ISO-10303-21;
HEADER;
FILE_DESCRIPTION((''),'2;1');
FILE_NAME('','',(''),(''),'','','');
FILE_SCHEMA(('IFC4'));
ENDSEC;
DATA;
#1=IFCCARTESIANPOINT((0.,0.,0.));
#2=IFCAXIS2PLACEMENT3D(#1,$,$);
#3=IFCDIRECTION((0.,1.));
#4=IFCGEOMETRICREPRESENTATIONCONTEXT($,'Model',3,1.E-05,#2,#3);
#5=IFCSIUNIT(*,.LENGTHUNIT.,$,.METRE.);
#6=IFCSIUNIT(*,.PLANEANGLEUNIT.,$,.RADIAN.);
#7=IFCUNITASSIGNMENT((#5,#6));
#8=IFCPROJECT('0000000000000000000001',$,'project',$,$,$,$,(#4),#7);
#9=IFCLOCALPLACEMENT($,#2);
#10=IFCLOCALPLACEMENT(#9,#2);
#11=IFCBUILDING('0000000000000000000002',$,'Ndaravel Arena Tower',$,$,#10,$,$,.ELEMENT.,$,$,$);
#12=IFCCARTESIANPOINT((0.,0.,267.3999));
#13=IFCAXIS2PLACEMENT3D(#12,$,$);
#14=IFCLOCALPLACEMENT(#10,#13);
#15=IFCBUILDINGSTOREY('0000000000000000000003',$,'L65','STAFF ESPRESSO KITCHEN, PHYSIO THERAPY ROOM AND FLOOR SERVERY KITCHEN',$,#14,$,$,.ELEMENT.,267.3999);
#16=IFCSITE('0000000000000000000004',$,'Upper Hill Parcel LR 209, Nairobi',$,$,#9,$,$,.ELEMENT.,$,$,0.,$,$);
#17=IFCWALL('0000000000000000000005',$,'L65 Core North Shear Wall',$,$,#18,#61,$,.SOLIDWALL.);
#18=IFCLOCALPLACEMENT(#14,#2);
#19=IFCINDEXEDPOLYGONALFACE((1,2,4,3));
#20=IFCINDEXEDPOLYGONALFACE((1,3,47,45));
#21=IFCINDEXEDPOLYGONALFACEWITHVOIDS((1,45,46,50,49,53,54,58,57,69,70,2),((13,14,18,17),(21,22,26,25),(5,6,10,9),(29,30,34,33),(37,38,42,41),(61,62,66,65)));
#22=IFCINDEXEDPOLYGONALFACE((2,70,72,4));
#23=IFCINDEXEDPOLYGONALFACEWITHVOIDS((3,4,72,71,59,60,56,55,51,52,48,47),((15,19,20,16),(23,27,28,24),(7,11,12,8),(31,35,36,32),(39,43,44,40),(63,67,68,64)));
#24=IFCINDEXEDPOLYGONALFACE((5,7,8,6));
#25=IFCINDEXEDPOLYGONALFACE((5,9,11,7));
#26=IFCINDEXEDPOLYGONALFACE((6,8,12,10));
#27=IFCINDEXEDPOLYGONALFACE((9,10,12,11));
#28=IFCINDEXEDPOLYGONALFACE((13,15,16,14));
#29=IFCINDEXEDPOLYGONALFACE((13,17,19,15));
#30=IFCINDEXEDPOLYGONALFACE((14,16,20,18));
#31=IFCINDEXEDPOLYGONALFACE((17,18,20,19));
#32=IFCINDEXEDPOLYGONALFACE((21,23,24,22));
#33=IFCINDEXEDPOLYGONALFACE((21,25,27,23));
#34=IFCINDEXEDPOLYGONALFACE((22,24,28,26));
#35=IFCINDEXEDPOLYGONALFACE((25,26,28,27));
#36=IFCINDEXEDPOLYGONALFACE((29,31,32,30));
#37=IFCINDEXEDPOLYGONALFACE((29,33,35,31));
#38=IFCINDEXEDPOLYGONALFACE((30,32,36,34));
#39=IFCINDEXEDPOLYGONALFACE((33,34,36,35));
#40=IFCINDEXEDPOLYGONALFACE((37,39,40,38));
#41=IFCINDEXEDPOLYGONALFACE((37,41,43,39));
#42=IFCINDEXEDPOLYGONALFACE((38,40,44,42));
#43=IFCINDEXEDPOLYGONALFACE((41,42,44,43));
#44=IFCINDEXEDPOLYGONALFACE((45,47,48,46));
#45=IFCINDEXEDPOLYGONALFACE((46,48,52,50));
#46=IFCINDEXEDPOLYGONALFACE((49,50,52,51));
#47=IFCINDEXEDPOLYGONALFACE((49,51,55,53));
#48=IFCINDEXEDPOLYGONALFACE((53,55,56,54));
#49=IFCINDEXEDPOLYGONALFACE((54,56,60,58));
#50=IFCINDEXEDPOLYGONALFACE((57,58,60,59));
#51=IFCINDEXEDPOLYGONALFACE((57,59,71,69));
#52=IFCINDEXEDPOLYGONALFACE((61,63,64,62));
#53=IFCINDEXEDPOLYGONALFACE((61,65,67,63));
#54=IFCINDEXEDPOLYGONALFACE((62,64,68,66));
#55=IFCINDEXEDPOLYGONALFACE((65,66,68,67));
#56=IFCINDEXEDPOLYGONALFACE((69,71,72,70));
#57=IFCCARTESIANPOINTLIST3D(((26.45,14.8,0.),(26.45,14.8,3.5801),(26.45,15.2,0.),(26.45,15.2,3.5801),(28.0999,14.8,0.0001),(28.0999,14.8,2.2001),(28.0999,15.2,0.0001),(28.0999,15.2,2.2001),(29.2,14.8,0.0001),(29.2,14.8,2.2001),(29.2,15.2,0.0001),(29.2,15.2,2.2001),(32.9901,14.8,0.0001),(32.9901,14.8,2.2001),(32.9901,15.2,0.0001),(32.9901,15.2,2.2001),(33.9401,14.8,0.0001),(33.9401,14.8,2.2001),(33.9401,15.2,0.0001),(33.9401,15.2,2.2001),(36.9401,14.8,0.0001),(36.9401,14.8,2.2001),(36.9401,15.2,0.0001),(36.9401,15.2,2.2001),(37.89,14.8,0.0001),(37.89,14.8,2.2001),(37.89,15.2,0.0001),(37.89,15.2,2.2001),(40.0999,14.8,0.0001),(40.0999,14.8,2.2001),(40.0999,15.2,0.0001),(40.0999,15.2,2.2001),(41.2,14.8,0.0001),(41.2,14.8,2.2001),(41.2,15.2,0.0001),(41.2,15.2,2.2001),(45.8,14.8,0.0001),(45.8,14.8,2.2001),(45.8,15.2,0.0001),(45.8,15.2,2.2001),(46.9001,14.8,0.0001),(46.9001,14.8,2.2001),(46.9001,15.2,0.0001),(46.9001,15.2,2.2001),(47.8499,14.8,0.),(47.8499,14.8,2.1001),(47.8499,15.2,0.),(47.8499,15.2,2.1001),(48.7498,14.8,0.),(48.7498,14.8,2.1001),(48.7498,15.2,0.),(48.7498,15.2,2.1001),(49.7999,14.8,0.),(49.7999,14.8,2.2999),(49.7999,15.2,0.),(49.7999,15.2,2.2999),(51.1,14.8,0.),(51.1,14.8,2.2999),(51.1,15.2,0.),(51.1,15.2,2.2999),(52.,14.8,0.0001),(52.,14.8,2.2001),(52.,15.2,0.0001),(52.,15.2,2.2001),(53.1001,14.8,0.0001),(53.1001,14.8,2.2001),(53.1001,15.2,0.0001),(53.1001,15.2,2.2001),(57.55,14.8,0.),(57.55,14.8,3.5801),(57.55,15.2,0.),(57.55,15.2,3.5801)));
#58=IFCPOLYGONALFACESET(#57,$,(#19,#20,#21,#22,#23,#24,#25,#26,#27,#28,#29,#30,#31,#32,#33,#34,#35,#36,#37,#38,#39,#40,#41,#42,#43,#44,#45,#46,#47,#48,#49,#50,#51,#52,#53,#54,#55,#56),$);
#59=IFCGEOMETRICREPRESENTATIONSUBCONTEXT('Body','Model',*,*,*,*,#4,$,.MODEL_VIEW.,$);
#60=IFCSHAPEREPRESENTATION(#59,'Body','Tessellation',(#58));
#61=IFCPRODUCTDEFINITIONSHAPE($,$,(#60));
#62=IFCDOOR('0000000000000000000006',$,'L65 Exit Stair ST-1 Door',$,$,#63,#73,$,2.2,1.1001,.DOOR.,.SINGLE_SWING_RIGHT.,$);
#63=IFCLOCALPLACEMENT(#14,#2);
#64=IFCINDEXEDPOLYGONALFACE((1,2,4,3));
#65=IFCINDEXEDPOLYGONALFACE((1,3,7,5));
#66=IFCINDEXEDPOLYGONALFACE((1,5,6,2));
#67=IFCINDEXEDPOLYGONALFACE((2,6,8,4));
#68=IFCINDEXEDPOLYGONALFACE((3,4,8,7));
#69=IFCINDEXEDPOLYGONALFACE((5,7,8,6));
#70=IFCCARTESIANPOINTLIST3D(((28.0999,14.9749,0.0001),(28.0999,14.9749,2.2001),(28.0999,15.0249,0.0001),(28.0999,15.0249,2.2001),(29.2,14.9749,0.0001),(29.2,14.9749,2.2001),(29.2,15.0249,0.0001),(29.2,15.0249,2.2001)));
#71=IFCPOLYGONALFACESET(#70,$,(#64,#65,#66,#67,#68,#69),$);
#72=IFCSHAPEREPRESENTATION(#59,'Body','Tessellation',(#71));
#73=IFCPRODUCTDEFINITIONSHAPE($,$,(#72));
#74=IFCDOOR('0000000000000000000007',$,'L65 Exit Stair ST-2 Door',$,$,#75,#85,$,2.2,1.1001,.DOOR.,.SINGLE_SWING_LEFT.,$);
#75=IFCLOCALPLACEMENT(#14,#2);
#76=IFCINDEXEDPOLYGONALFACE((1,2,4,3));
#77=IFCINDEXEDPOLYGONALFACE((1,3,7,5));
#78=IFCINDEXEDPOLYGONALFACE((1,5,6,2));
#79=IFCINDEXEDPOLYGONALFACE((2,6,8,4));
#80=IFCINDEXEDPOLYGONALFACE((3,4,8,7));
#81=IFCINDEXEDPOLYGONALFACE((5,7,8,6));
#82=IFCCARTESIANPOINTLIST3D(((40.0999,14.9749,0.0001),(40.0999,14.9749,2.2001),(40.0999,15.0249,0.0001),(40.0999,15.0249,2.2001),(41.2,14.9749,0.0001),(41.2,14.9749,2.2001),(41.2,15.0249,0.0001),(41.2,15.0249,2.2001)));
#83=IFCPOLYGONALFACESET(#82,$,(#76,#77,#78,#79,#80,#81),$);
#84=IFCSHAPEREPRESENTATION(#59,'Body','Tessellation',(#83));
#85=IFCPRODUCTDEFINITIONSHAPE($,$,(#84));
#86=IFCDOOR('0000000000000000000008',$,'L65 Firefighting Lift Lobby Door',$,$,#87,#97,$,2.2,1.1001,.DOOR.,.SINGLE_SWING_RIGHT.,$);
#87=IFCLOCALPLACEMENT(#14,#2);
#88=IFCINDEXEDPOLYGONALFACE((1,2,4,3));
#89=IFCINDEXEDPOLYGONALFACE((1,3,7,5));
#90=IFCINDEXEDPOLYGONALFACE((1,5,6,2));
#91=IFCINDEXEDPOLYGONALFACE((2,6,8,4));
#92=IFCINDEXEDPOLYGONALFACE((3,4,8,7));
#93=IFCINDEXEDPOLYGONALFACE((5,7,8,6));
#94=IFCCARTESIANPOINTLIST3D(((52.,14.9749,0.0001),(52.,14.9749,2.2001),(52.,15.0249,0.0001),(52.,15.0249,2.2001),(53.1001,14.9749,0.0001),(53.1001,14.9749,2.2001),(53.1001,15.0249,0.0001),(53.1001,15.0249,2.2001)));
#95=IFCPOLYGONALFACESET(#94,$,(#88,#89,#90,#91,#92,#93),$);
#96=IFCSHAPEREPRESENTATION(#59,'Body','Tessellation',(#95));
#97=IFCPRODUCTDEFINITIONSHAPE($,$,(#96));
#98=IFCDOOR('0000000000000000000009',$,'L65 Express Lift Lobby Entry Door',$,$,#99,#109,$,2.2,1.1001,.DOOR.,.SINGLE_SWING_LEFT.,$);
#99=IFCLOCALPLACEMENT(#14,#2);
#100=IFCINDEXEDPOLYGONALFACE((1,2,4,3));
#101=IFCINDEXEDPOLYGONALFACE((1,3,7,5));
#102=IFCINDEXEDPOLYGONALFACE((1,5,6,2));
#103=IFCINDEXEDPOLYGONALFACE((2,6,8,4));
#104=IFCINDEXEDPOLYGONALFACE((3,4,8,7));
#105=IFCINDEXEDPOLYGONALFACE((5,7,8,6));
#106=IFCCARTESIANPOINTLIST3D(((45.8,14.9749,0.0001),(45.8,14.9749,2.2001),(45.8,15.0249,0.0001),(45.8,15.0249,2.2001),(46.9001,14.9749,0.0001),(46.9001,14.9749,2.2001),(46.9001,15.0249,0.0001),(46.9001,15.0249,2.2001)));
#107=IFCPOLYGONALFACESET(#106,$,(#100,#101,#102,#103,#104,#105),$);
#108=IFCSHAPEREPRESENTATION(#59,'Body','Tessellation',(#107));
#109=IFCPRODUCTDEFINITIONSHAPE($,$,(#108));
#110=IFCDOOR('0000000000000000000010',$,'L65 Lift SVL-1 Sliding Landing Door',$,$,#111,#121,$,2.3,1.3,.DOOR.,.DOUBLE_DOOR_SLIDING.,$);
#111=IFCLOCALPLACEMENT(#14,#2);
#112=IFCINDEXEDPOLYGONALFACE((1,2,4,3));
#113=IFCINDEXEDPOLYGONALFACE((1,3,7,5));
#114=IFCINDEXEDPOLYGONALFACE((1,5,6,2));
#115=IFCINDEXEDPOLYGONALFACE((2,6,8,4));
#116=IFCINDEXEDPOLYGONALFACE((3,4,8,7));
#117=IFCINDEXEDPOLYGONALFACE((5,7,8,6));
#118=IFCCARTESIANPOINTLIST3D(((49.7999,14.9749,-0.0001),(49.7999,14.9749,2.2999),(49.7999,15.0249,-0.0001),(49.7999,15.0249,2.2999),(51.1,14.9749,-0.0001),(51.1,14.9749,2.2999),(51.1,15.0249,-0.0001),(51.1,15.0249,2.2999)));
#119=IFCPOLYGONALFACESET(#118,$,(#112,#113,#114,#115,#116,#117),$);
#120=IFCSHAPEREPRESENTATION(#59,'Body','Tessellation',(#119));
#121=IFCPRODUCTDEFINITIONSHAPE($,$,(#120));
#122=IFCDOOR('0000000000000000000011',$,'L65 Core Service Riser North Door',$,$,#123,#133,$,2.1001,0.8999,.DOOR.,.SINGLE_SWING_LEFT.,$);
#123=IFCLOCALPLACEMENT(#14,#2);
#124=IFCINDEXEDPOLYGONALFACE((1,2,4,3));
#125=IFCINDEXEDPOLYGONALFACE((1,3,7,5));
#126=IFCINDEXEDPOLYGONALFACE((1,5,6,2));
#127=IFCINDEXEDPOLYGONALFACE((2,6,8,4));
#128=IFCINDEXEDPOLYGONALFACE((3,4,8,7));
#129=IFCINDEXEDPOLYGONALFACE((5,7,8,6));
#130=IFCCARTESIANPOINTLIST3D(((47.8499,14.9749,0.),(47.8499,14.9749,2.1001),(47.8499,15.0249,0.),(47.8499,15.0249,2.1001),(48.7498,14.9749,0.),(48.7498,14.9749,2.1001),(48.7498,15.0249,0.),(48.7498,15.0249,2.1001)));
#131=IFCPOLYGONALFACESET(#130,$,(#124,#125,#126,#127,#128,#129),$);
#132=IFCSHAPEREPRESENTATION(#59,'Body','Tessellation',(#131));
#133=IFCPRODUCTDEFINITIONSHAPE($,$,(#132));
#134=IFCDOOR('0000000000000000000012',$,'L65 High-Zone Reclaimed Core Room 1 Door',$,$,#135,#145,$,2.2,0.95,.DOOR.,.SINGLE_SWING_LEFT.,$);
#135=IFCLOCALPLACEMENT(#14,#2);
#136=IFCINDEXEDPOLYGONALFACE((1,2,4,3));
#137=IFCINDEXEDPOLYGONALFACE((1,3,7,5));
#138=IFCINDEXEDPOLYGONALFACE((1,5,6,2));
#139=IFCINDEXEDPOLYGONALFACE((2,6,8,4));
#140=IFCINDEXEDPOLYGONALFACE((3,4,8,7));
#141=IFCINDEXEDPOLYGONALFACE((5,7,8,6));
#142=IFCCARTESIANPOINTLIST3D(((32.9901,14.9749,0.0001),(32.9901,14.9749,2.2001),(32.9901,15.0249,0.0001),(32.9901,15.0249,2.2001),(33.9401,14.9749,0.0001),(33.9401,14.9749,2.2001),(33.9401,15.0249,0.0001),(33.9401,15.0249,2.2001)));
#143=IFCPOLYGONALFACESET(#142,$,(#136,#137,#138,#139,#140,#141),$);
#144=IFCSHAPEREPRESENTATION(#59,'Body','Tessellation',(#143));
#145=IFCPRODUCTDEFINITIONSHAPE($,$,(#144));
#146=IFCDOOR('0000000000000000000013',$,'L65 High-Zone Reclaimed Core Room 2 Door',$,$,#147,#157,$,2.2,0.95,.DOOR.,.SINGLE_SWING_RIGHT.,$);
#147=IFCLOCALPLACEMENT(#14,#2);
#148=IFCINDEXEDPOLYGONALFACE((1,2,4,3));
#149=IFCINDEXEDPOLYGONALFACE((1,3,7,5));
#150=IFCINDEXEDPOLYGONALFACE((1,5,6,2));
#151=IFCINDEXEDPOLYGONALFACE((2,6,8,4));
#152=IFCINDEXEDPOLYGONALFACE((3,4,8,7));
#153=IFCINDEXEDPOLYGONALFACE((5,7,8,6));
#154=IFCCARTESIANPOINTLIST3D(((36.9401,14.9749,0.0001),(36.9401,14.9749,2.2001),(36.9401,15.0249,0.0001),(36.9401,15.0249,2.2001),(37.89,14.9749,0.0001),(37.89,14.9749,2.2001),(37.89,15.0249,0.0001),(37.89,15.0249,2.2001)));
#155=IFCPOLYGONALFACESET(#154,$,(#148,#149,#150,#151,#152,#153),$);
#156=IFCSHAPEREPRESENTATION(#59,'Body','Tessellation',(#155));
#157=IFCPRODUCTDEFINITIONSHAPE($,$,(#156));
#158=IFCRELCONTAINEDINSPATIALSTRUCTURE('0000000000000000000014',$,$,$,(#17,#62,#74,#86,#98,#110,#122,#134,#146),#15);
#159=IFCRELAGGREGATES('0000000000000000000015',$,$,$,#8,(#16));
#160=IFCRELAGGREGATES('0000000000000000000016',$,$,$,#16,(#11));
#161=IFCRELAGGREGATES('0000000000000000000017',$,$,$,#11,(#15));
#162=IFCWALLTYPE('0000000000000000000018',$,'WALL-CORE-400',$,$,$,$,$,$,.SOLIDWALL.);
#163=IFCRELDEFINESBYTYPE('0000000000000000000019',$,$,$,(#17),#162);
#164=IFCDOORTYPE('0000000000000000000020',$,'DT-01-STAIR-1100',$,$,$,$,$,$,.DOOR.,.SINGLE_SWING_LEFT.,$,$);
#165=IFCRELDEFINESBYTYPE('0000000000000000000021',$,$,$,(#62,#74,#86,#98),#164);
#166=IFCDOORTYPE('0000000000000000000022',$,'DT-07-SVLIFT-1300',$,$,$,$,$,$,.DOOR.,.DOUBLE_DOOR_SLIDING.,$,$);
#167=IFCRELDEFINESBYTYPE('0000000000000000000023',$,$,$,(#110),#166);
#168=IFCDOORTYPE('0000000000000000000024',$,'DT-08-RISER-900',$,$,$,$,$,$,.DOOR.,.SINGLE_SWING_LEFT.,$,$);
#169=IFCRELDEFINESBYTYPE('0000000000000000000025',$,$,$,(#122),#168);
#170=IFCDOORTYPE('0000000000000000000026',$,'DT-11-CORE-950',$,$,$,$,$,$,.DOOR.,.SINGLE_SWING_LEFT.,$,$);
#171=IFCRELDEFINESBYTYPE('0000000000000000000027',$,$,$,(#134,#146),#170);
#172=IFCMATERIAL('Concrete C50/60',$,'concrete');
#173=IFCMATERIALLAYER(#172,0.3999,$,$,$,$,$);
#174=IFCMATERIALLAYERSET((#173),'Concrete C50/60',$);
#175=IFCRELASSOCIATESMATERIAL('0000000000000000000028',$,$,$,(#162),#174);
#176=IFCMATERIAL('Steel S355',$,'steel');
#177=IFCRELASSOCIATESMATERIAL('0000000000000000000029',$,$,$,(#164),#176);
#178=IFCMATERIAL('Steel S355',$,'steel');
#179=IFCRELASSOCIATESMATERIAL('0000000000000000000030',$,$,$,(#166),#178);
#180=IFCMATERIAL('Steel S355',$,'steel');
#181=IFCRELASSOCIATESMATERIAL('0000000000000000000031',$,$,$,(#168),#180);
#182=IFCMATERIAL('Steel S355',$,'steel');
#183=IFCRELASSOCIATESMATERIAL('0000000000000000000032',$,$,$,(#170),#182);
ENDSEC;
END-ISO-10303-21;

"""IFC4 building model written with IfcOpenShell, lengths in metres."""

from ifc_helpers import new_model, si_unit, direction, frame, frame_2d, origin, place, context, subcontext, project, spatial, rectangle, extrude, material, layer, layer_set, type_object, element, fill, save


model = new_model("IFC4")

# Units and contexts
model_context = context("Model", 3, precision=1e-05, world=origin(), true_north=direction((0.0, 1.0)))
body_context = subcontext(model_context, "Body", "Model", "MODEL_VIEW")
ifc_project = project(units=[si_unit("LENGTHUNIT", "METRE"), si_unit("PLANEANGLEUNIT", "RADIAN")], contexts=[model_context])

# Site, building, storey
site_placement = place(None, origin())
site = spatial("IfcSite", under=ifc_project, at=site_placement, Name="Upper Hill Parcel LR 209, Nairobi", CompositionType="ELEMENT", RefElevation=0.0)
building_placement = place(site_placement, origin())
building = spatial("IfcBuilding", under=site, at=building_placement, Name="Ndaravel Arena Tower", CompositionType="ELEMENT")
storey_placement = place(building_placement, frame((0.0, 0.0, 267.3999)))
storey = spatial("IfcBuildingStorey", under=building, at=storey_placement, Name="L65", Description="STAFF ESPRESSO KITCHEN, PHYSIO THERAPY ROOM AND FLOOR SERVERY KITCHEN", CompositionType="ELEMENT", Elevation=267.3999)

# Wall, openings, doors
ifc_material_1 = material(Name="Concrete C50/60", Category="concrete")
ifc_layer_1 = layer(ifc_material_1, 0.3999)
ifc_layer_set_1 = layer_set([ifc_layer_1], Name="Concrete C50/60")
wall_type_1 = type_object("IfcWallType", Name="WALL-CORE-400", PredefinedType="SOLIDWALL", material=ifc_layer_set_1)
wall_1_placement = place(storey_placement, frame((26.45, 15.0, 0.0), z_axis=(0.0, 0.0, 1.0), x_axis=(1.0, 0.0, 0.0)))
wall_1 = element("IfcWall", 1, at=wall_1_placement, inside=storey, type_object=wall_type_1, Name="L65 Core North Shear Wall", PredefinedType="SOLIDWALL", context=body_context, shape_type="SweptSolid", body=[
    extrude(rectangle(XDim=31.1001, YDim=0.3999, at=frame_2d((15.55, 0.0))), origin(), (0.0, 0.0, 1.0), 3.5801),
])
opening_1_placement = place(wall_1_placement, frame((1.6499, 0.0, 0.0)))
opening_1 = element("IfcOpeningElement", 2, at=opening_1_placement, cuts=wall_1, PredefinedType="OPENING", context=body_context, shape_type="SweptSolid", body=[
    extrude(rectangle(XDim=1.1001, YDim=2.2, at=frame_2d((0.55, 1.1001))), frame((0.0, 0.2, 0.0), z_axis=(0.0, -1.0, 0.0), x_axis=(1.0, 0.0, 0.0)), (0.0, 0.0, 1.0), 0.3999),
])
opening_2_placement = place(wall_1_placement, frame((13.6499, 0.0, 0.0)))
opening_2 = element("IfcOpeningElement", 3, at=opening_2_placement, cuts=wall_1, PredefinedType="OPENING", context=body_context, shape_type="SweptSolid", body=[
    extrude(rectangle(XDim=1.1001, YDim=2.2, at=frame_2d((0.55, 1.1001))), frame((0.0, 0.2, 0.0), z_axis=(0.0, -1.0, 0.0), x_axis=(1.0, 0.0, 0.0)), (0.0, 0.0, 1.0), 0.3999),
])
opening_3_placement = place(wall_1_placement, frame((25.55, 0.0, 0.0)))
opening_3 = element("IfcOpeningElement", 4, at=opening_3_placement, cuts=wall_1, PredefinedType="OPENING", context=body_context, shape_type="SweptSolid", body=[
    extrude(rectangle(XDim=1.1001, YDim=2.2, at=frame_2d((0.55, 1.1001))), frame((0.0, 0.2, 0.0), z_axis=(0.0, -1.0, 0.0), x_axis=(1.0, 0.0, 0.0)), (0.0, 0.0, 1.0), 0.3999),
])
opening_4_placement = place(wall_1_placement, frame((19.3501, 0.0, 0.0)))
opening_4 = element("IfcOpeningElement", 5, at=opening_4_placement, cuts=wall_1, PredefinedType="OPENING", context=body_context, shape_type="SweptSolid", body=[
    extrude(rectangle(XDim=1.1001, YDim=2.2, at=frame_2d((0.55, 1.1001))), frame((0.0, 0.2, 0.0), z_axis=(0.0, -1.0, 0.0), x_axis=(1.0, 0.0, 0.0)), (0.0, 0.0, 1.0), 0.3999),
])
opening_5_placement = place(wall_1_placement, frame((21.3999, 0.0, 0.0)))
opening_5 = element("IfcOpeningElement", 6, at=opening_5_placement, cuts=wall_1, PredefinedType="OPENING", context=body_context, shape_type="SweptSolid", body=[
    extrude(rectangle(XDim=0.8999, YDim=2.1001, at=frame_2d((0.45, 1.05))), frame((0.0, 0.2, 0.0), z_axis=(0.0, -1.0, 0.0), x_axis=(1.0, 0.0, 0.0)), (0.0, 0.0, 1.0), 0.3999),
])
opening_6_placement = place(wall_1_placement, frame((6.54, 0.0, 0.0)))
opening_6 = element("IfcOpeningElement", 7, at=opening_6_placement, cuts=wall_1, PredefinedType="OPENING", context=body_context, shape_type="SweptSolid", body=[
    extrude(rectangle(XDim=0.95, YDim=2.2, at=frame_2d((0.4751, 1.1001))), frame((0.0, 0.2, 0.0), z_axis=(0.0, -1.0, 0.0), x_axis=(1.0, 0.0, 0.0)), (0.0, 0.0, 1.0), 0.3999),
])
opening_7_placement = place(wall_1_placement, frame((10.49, 0.0, 0.0)))
opening_7 = element("IfcOpeningElement", 8, at=opening_7_placement, cuts=wall_1, PredefinedType="OPENING", context=body_context, shape_type="SweptSolid", body=[
    extrude(rectangle(XDim=0.95, YDim=2.2, at=frame_2d((0.4751, 1.1001))), frame((0.0, 0.2, 0.0), z_axis=(0.0, -1.0, 0.0), x_axis=(1.0, 0.0, 0.0)), (0.0, 0.0, 1.0), 0.3999),
])
opening_8_placement = place(wall_1_placement, frame((23.3501, 0.0, 0.0)))
opening_8 = element("IfcOpeningElement", 9, at=opening_8_placement, cuts=wall_1, PredefinedType="OPENING", context=body_context, shape_type="SweptSolid", body=[
    extrude(rectangle(XDim=1.3, YDim=2.3, at=frame_2d((0.6499, 1.1499))), frame((0.0, 0.2, 0.0), z_axis=(0.0, -1.0, 0.0), x_axis=(1.0, 0.0, 0.0)), (0.0, 0.0, 1.0), 0.3999),
])
ifc_material_2 = material(Name="Steel S355", Category="steel")
door_type_1 = type_object("IfcDoorType", Name="DT-01-STAIR-1100", OperationType="SINGLE_SWING_LEFT", PredefinedType="DOOR", material=ifc_material_2)
door_1_placement = place(opening_1_placement, origin())
door_1 = element("IfcDoor", 10, at=door_1_placement, inside=storey, type_object=door_type_1, Name="L65 Exit Stair ST-1 Door", OperationType="SINGLE_SWING_RIGHT", OverallHeight=2.2, OverallWidth=1.1001, PredefinedType="DOOR", context=body_context, shape_type="SweptSolid", body=[
    extrude(rectangle(XDim=1.1001, YDim=2.2, at=frame_2d((0.55, 1.1001))), frame((0.0, 0.0249, 0.0), z_axis=(0.0, -1.0, 0.0), x_axis=(1.0, 0.0, 0.0)), (0.0, 0.0, 1.0), 0.05),
])
fill(opening_1, door_1)
door_2_placement = place(opening_2_placement, origin())
door_2 = element("IfcDoor", 11, at=door_2_placement, inside=storey, type_object=door_type_1, Name="L65 Exit Stair ST-2 Door", OperationType="SINGLE_SWING_LEFT", OverallHeight=2.2, OverallWidth=1.1001, PredefinedType="DOOR", context=body_context, shape_type="SweptSolid", body=[
    extrude(rectangle(XDim=1.1001, YDim=2.2, at=frame_2d((0.55, 1.1001))), frame((0.0, 0.0249, 0.0), z_axis=(0.0, -1.0, 0.0), x_axis=(1.0, 0.0, 0.0)), (0.0, 0.0, 1.0), 0.05),
])
fill(opening_2, door_2)
door_3_placement = place(opening_3_placement, origin())
door_3 = element("IfcDoor", 12, at=door_3_placement, inside=storey, type_object=door_type_1, Name="L65 Firefighting Lift Lobby Door", OperationType="SINGLE_SWING_RIGHT", OverallHeight=2.2, OverallWidth=1.1001, PredefinedType="DOOR", context=body_context, shape_type="SweptSolid", body=[
    extrude(rectangle(XDim=1.1001, YDim=2.2, at=frame_2d((0.55, 1.1001))), frame((0.0, 0.0249, 0.0), z_axis=(0.0, -1.0, 0.0), x_axis=(1.0, 0.0, 0.0)), (0.0, 0.0, 1.0), 0.05),
])
fill(opening_3, door_3)
door_4_placement = place(opening_4_placement, origin())
door_4 = element("IfcDoor", 13, at=door_4_placement, inside=storey, type_object=door_type_1, Name="L65 Express Lift Lobby Entry Door", OperationType="SINGLE_SWING_LEFT", OverallHeight=2.2, OverallWidth=1.1001, PredefinedType="DOOR", context=body_context, shape_type="SweptSolid", body=[
    extrude(rectangle(XDim=1.1001, YDim=2.2, at=frame_2d((0.55, 1.1001))), frame((0.0, 0.0249, 0.0), z_axis=(0.0, -1.0, 0.0), x_axis=(1.0, 0.0, 0.0)), (0.0, 0.0, 1.0), 0.05),
])
fill(opening_4, door_4)
ifc_material_3 = material(Name="Steel S355", Category="steel")
door_type_2 = type_object("IfcDoorType", Name="DT-07-SVLIFT-1300", OperationType="DOUBLE_DOOR_SLIDING", PredefinedType="DOOR", material=ifc_material_3)
door_5_placement = place(opening_8_placement, origin())
door_5 = element("IfcDoor", 14, at=door_5_placement, inside=storey, type_object=door_type_2, Name="L65 Lift SVL-1 Sliding Landing Door", OperationType="DOUBLE_DOOR_SLIDING", OverallHeight=2.3, OverallWidth=1.3, PredefinedType="DOOR", context=body_context, shape_type="SweptSolid", body=[
    extrude(rectangle(XDim=1.3, YDim=2.3, at=frame_2d((0.6499, 1.1499))), frame((0.0, 0.0249, 0.0), z_axis=(0.0, -1.0, 0.0), x_axis=(1.0, 0.0, 0.0)), (0.0, 0.0, 1.0), 0.05),
])
fill(opening_8, door_5)
ifc_material_4 = material(Name="Steel S355", Category="steel")
door_type_3 = type_object("IfcDoorType", Name="DT-08-RISER-900", OperationType="SINGLE_SWING_LEFT", PredefinedType="DOOR", material=ifc_material_4)
door_6_placement = place(opening_5_placement, origin())
door_6 = element("IfcDoor", 15, at=door_6_placement, inside=storey, type_object=door_type_3, Name="L65 Core Service Riser North Door", OperationType="SINGLE_SWING_LEFT", OverallHeight=2.1001, OverallWidth=0.8999, PredefinedType="DOOR", context=body_context, shape_type="SweptSolid", body=[
    extrude(rectangle(XDim=0.8999, YDim=2.1001, at=frame_2d((0.45, 1.05))), frame((0.0, 0.0249, 0.0), z_axis=(0.0, -1.0, 0.0), x_axis=(1.0, 0.0, 0.0)), (0.0, 0.0, 1.0), 0.05),
])
fill(opening_5, door_6)
ifc_material_5 = material(Name="Steel S355", Category="steel")
door_type_4 = type_object("IfcDoorType", Name="DT-11-CORE-950", OperationType="SINGLE_SWING_LEFT", PredefinedType="DOOR", material=ifc_material_5)
door_7_placement = place(opening_6_placement, origin())
door_7 = element("IfcDoor", 16, at=door_7_placement, inside=storey, type_object=door_type_4, Name="L65 High-Zone Reclaimed Core Room 1 Door", OperationType="SINGLE_SWING_LEFT", OverallHeight=2.2, OverallWidth=0.95, PredefinedType="DOOR", context=body_context, shape_type="SweptSolid", body=[
    extrude(rectangle(XDim=0.95, YDim=2.2, at=frame_2d((0.4751, 1.1001))), frame((0.0, 0.0249, 0.0), z_axis=(0.0, -1.0, 0.0), x_axis=(1.0, 0.0, 0.0)), (0.0, 0.0, 1.0), 0.05),
])
fill(opening_6, door_7)
door_8_placement = place(opening_7_placement, origin())
door_8 = element("IfcDoor", 17, at=door_8_placement, inside=storey, type_object=door_type_4, Name="L65 High-Zone Reclaimed Core Room 2 Door", OperationType="SINGLE_SWING_RIGHT", OverallHeight=2.2, OverallWidth=0.95, PredefinedType="DOOR", context=body_context, shape_type="SweptSolid", body=[
    extrude(rectangle(XDim=0.95, YDim=2.2, at=frame_2d((0.4751, 1.1001))), frame((0.0, 0.0249, 0.0), z_axis=(0.0, -1.0, 0.0), x_axis=(1.0, 0.0, 0.0)), (0.0, 0.0, 1.0), 0.05),
])
fill(opening_7, door_8)

save(model, "model.ifc")
